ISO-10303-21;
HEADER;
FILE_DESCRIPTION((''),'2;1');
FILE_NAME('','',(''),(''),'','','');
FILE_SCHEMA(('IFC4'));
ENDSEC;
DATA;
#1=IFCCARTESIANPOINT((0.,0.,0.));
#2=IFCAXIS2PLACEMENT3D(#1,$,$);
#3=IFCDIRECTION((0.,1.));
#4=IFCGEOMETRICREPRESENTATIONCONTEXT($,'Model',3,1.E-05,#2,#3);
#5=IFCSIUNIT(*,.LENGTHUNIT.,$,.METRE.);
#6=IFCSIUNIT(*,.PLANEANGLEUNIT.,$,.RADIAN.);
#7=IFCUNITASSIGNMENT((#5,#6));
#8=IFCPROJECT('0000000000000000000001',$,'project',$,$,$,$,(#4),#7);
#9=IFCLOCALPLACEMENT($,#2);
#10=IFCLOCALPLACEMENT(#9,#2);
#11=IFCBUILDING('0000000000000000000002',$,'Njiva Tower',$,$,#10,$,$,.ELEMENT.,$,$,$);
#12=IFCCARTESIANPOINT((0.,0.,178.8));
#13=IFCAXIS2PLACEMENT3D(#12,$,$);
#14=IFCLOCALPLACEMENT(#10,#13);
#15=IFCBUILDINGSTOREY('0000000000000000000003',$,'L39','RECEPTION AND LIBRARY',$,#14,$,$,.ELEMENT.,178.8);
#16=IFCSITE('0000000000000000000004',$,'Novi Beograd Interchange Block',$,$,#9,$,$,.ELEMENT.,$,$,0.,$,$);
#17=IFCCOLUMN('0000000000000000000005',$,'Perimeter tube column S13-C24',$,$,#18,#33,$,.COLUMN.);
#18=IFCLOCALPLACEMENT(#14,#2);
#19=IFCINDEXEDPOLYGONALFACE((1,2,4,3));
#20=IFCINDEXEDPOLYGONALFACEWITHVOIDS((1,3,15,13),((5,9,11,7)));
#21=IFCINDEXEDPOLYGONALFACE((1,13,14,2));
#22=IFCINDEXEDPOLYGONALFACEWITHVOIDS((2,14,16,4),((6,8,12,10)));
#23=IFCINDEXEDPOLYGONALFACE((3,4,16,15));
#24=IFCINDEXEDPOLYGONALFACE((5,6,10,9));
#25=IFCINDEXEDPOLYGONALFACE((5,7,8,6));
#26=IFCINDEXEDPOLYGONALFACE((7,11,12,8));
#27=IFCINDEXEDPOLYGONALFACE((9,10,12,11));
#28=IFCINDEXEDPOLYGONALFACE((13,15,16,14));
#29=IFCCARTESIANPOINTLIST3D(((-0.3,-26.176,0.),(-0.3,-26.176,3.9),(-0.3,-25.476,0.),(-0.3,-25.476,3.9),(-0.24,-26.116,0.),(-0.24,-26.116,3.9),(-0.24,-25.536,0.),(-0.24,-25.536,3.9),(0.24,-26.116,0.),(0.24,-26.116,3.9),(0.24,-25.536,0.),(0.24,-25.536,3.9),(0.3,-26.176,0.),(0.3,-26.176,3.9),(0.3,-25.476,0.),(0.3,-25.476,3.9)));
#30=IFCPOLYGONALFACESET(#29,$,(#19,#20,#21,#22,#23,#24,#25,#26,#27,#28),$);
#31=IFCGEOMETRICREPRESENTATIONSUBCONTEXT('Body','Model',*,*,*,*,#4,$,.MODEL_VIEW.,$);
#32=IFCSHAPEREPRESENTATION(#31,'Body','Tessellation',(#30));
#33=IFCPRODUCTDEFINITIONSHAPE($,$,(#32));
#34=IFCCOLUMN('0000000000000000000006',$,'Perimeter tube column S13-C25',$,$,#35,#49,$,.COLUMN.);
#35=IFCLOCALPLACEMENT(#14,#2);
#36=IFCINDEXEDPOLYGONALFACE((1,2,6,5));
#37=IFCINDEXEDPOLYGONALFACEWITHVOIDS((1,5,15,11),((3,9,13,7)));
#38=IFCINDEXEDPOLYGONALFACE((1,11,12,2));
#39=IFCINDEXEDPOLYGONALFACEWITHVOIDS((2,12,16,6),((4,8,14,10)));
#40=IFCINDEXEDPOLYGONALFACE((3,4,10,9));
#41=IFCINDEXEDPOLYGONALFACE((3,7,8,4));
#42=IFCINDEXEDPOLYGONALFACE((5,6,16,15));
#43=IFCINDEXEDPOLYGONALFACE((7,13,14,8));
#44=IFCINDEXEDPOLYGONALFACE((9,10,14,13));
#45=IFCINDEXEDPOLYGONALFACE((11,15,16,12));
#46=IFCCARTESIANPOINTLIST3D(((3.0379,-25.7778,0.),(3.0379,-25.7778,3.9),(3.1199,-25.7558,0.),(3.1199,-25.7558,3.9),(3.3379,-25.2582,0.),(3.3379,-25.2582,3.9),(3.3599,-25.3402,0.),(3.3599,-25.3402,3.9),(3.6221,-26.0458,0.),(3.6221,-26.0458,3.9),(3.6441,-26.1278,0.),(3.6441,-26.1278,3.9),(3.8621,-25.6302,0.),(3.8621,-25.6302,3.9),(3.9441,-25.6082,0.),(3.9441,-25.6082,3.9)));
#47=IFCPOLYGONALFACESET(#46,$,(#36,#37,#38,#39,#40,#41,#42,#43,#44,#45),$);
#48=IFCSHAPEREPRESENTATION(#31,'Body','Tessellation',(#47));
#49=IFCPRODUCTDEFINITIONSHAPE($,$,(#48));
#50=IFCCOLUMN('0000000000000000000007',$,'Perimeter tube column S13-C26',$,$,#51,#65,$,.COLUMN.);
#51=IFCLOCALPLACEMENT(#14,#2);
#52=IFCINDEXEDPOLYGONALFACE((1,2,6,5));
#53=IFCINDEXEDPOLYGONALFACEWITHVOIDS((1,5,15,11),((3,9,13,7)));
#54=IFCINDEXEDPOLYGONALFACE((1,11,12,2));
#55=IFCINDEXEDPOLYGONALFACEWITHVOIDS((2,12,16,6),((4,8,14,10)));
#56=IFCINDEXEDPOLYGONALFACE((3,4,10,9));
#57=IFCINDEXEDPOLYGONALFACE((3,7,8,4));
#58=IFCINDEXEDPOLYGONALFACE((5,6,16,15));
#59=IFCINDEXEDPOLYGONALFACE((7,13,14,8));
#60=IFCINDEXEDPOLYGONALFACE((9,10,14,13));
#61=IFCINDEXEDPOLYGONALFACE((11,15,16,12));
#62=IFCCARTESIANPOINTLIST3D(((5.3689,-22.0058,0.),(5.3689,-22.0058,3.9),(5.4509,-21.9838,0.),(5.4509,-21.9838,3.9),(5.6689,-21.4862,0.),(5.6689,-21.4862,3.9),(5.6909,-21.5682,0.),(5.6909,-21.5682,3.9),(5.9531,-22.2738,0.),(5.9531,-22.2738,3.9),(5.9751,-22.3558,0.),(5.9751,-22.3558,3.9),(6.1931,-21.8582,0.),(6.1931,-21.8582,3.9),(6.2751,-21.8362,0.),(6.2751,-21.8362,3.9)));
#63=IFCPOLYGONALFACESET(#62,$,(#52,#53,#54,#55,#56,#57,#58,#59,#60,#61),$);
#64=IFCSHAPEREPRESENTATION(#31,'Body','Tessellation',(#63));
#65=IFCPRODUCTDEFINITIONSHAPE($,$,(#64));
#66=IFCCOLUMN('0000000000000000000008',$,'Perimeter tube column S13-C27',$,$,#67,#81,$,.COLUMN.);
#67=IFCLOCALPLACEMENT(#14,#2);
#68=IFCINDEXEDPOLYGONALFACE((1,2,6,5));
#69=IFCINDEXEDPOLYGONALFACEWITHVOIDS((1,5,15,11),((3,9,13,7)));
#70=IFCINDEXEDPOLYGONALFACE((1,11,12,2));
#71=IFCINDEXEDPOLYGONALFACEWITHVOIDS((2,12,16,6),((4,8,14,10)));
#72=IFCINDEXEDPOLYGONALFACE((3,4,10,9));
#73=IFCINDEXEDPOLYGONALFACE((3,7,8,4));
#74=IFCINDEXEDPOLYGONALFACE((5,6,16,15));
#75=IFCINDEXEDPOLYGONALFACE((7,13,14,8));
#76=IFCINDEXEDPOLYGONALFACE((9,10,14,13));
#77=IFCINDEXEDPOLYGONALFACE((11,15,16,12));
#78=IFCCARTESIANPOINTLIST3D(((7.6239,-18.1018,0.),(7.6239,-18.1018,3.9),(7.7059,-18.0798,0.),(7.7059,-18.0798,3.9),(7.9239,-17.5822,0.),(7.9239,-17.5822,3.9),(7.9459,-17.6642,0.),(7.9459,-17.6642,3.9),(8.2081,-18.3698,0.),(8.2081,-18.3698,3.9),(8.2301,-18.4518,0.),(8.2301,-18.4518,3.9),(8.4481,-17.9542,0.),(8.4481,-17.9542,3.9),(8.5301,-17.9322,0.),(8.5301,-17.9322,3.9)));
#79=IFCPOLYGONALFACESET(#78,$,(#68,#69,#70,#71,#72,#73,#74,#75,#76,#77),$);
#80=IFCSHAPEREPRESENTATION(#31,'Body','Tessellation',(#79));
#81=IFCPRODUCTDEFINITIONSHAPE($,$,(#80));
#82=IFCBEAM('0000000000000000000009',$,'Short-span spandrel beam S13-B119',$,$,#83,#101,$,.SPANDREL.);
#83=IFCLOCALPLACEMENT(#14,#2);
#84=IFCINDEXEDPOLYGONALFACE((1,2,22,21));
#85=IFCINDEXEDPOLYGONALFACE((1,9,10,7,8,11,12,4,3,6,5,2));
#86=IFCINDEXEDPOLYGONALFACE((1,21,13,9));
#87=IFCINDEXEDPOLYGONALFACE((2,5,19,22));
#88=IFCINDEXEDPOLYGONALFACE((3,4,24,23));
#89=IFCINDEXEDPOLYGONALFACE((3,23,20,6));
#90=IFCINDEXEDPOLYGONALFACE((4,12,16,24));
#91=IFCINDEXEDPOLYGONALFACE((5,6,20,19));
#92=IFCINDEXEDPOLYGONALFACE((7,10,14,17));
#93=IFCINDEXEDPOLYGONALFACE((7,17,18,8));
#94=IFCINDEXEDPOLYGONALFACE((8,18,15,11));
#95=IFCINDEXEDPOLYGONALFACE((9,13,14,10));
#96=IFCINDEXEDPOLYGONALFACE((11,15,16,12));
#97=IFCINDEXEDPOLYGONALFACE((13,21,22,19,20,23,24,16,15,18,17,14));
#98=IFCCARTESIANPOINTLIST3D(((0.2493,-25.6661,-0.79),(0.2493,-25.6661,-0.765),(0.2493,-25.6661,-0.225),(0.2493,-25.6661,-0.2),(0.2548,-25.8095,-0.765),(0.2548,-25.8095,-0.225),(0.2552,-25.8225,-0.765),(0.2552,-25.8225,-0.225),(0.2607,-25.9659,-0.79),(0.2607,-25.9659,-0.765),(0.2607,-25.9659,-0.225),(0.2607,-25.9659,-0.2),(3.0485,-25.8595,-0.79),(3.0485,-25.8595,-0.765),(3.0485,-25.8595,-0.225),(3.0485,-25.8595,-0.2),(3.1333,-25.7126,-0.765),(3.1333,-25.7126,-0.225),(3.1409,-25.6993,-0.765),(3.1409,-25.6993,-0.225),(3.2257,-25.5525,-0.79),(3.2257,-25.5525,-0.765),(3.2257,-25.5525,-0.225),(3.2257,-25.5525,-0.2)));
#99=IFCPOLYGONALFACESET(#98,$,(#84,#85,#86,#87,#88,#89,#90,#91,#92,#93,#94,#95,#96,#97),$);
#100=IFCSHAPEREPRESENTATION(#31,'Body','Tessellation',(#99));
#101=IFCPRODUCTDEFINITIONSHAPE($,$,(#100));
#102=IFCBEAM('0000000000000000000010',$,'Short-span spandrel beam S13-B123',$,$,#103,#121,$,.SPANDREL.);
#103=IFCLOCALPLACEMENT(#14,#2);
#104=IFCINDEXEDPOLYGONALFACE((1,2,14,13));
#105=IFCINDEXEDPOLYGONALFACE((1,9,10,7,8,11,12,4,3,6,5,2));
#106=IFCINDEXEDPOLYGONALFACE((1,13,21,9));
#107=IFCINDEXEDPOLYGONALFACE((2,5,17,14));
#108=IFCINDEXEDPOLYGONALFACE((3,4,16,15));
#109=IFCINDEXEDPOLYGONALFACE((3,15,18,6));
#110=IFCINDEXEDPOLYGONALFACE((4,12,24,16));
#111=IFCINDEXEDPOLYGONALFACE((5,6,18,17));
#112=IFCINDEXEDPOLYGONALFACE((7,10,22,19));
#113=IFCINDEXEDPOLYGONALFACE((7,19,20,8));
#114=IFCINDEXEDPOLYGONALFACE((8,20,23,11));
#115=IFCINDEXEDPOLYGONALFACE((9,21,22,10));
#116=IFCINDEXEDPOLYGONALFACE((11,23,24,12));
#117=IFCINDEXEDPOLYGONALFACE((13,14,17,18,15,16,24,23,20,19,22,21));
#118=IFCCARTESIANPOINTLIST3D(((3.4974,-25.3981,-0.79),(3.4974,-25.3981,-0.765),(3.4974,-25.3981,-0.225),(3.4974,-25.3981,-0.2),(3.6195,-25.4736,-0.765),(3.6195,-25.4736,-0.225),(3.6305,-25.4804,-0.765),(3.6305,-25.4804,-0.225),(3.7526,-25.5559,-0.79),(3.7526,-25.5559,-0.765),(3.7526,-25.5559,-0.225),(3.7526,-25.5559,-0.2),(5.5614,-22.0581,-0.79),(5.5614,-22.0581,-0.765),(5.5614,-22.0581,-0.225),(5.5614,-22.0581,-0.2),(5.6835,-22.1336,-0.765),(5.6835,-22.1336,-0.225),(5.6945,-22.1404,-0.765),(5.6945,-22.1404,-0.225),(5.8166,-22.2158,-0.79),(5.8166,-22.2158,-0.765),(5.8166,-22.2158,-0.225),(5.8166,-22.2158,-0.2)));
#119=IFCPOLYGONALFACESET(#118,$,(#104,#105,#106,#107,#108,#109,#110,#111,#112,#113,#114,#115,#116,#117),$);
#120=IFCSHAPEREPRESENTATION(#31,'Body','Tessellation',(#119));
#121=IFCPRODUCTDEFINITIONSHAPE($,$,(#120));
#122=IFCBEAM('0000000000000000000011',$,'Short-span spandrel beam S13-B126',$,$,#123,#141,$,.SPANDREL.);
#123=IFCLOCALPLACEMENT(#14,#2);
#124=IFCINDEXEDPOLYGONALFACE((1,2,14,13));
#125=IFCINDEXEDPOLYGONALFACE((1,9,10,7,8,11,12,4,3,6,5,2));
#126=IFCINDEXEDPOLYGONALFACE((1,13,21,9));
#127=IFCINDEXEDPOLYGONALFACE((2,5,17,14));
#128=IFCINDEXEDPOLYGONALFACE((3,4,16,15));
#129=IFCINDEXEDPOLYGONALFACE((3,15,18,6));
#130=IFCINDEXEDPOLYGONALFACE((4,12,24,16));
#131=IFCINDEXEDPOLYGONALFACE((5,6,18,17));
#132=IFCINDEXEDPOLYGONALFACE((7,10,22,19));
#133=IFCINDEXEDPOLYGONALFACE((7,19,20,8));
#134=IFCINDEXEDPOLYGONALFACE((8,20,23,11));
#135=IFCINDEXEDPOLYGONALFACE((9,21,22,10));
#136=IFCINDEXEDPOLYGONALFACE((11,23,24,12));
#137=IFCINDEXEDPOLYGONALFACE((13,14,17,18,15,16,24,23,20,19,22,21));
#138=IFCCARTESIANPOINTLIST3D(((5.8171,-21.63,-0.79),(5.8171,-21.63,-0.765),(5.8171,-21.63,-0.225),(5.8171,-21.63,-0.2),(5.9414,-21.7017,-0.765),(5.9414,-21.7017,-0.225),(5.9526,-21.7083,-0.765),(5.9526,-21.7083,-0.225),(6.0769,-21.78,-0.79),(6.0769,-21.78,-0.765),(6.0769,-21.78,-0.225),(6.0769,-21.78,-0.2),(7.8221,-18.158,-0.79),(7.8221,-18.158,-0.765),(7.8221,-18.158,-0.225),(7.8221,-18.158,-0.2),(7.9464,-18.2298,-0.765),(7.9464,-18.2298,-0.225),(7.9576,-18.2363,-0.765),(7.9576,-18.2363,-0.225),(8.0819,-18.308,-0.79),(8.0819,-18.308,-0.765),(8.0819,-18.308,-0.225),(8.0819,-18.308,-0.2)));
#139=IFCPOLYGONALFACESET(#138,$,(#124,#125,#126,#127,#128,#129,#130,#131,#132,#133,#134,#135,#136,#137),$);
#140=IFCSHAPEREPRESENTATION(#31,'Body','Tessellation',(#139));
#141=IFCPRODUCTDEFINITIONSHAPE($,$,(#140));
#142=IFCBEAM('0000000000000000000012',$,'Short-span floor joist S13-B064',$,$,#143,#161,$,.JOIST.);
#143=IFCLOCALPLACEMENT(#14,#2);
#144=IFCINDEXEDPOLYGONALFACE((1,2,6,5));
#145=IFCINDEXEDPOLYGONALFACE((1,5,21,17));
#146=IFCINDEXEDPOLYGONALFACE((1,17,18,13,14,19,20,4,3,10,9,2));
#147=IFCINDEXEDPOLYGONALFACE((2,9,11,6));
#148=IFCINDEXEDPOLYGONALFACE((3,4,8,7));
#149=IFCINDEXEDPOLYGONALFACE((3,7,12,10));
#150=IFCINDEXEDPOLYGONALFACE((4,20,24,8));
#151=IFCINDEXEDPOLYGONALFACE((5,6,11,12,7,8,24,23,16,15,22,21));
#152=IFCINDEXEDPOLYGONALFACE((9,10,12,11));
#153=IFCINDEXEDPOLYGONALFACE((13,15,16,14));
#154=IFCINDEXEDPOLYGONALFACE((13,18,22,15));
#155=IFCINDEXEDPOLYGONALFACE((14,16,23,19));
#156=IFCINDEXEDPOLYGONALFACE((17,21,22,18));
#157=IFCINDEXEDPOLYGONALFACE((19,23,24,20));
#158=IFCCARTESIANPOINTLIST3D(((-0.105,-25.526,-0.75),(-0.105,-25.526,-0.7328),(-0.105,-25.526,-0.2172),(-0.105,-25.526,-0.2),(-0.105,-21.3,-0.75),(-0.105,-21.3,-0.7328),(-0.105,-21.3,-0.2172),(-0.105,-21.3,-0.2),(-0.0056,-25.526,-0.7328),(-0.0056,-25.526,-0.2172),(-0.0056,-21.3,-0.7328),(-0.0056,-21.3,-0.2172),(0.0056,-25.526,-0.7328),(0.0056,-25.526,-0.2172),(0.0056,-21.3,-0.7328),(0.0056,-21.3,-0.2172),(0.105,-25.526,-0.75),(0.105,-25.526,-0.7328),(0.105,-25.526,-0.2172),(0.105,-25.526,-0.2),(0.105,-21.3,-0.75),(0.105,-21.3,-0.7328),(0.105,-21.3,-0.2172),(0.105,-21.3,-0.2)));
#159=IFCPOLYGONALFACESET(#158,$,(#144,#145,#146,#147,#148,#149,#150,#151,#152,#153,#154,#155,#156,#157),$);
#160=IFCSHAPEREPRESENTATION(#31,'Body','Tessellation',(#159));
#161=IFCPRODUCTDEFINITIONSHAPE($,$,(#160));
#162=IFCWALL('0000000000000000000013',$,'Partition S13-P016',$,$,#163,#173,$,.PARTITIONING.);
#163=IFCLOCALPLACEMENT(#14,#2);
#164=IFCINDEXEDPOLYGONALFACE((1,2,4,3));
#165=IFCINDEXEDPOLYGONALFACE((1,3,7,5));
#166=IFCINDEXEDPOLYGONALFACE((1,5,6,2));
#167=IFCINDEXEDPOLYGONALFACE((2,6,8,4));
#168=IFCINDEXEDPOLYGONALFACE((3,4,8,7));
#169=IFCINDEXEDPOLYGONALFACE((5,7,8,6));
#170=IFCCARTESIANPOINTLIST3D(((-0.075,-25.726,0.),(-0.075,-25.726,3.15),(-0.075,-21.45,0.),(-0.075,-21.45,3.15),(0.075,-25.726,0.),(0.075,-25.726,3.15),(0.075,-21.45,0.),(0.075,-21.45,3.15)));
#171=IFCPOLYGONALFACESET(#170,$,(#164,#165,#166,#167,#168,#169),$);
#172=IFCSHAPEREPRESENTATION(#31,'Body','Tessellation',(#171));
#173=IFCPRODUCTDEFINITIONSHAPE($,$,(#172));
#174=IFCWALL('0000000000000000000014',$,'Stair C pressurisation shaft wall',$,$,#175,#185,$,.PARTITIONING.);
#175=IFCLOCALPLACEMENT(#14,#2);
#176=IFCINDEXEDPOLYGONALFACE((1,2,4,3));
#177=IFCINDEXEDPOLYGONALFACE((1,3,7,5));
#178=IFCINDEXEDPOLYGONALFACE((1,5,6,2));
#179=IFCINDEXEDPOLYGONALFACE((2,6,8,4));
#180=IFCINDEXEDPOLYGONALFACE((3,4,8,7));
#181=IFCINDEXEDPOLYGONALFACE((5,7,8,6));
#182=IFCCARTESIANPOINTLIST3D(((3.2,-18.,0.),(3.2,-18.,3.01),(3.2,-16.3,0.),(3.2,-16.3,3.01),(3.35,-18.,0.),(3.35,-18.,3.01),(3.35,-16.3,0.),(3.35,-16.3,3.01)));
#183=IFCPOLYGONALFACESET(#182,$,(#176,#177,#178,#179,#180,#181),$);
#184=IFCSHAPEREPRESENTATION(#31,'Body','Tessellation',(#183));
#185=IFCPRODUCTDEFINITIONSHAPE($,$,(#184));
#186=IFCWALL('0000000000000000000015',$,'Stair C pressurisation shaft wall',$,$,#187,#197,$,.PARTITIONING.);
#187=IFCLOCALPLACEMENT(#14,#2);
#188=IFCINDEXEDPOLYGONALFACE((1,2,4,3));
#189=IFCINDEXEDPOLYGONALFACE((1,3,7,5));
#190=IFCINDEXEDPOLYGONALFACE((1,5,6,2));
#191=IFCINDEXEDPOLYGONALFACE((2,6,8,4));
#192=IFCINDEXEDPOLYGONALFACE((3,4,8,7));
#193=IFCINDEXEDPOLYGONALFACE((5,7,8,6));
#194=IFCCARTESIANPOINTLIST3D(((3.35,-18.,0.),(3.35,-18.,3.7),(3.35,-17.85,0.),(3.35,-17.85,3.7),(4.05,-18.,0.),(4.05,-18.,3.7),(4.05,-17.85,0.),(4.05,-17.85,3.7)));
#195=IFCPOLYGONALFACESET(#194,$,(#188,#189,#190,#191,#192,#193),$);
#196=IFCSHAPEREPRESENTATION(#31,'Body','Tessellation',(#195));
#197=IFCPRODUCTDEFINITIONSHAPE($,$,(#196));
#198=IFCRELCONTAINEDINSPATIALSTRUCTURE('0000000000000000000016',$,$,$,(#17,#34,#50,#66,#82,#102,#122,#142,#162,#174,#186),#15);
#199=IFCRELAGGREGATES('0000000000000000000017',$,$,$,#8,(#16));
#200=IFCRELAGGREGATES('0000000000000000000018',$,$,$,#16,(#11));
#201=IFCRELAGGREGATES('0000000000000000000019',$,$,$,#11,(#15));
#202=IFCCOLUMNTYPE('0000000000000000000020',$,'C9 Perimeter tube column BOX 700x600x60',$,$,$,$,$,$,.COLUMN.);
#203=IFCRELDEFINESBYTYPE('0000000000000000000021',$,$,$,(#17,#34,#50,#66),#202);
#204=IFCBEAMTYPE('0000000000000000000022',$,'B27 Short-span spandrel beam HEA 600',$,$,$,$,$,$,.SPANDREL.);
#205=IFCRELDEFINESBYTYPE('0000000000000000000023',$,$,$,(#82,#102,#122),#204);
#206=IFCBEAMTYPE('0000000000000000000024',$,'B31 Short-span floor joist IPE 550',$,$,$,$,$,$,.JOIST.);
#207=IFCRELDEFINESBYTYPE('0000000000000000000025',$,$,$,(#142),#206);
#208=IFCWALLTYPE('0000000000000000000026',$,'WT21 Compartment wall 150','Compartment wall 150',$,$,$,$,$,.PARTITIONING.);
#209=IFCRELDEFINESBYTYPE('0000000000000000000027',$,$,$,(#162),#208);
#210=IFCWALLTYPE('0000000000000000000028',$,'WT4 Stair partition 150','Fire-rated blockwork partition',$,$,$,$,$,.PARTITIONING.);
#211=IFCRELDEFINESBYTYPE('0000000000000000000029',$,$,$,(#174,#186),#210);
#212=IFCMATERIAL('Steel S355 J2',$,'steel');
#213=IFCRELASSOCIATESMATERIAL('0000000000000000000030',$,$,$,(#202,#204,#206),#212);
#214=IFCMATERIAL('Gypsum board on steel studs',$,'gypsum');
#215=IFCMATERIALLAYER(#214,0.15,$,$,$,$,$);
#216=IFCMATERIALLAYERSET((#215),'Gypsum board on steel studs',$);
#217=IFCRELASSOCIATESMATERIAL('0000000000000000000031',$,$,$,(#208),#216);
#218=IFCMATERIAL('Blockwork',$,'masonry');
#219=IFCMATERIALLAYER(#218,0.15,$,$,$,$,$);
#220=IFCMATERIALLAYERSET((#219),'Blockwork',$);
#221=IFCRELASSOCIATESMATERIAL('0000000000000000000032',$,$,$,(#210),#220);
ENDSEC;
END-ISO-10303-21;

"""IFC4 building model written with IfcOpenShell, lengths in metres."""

from ifc_helpers import new_model, si_unit, direction, frame, frame_2d, origin, origin_2d, place, context, subcontext, project, spatial, rectangle, hollow_rectangle, i_section, extrude, clip, halfspace, material, layer, layer_set, material_profile, profile_set, type_object, element, save


model = new_model("IFC4")

# Units and contexts
model_context = context("Model", 3, precision=1e-05, world=origin(), true_north=direction((0.0, 1.0)))
body_context = subcontext(model_context, "Body", "Model", "MODEL_VIEW")
ifc_project = project(units=[si_unit("LENGTHUNIT", "METRE"), si_unit("PLANEANGLEUNIT", "RADIAN")], contexts=[model_context])

# Site, building, storey
site_placement = place(None, origin())
site = spatial("IfcSite", under=ifc_project, at=site_placement, Name="Novi Beograd Interchange Block", CompositionType="ELEMENT", RefElevation=0.0)
building_placement = place(site_placement, origin())
building = spatial("IfcBuilding", under=site, at=building_placement, Name="Njiva Tower", CompositionType="ELEMENT")
storey_placement = place(building_placement, frame((0.0, 0.0, 178.8)))
storey = spatial("IfcBuildingStorey", under=building, at=storey_placement, Name="L39", Description="RECEPTION AND LIBRARY", CompositionType="ELEMENT", Elevation=178.8)

# Columns
ifc_material_1 = material(Name="Steel S355 J2", Category="steel")
ifc_material_profile_1 = material_profile(ifc_material_1, hollow_rectangle(XDim=0.6, YDim=0.7, WallThickness=0.06, at=origin_2d()), Name="BOX 700x600x60")
ifc_profile_set_1 = profile_set([ifc_material_profile_1], Name="Steel S355 J2")
column_type = type_object("IfcColumnType", Name="C9 Perimeter tube column BOX 700x600x60", PredefinedType="COLUMN", material=ifc_profile_set_1)
for number, where, z_axis, x_axis, name in (
    (1, (0.0, -25.826, 0.0), (0.0, 0.0, 1.0), (1.0, 0.0, 0.0), "Perimeter tube column S13-C24"),
    (2, (3.491, -25.693, 0.0), (0.0, 0.0, 1.0), (0.5, 0.866025, 0.0), "Perimeter tube column S13-C25"),
    (3, (5.822, -21.921, 0.0), (0.0, 0.0, 1.0), (0.5, 0.866025, 0.0), "Perimeter tube column S13-C26"),
    (4, (8.077, -18.017, 0.0), (0.0, 0.0, 1.0), (0.5, 0.866025, 0.0), "Perimeter tube column S13-C27"),
):
    element("IfcColumn", number, at=place(storey_placement, frame(where, z_axis=z_axis, x_axis=x_axis)), inside=storey, type_object=column_type, Name=name, PredefinedType="COLUMN", context=body_context, shape_type="SweptSolid", body=[
        extrude(hollow_rectangle(XDim=0.6, YDim=0.7, WallThickness=0.06, at=origin_2d()), origin(), (0.0, 0.0, 1.0), 3.9),
    ])

# Beams
ifc_material_profile_2 = material_profile(ifc_material_1, i_section(OverallWidth=0.3, OverallDepth=0.59, WebThickness=0.013, FlangeThickness=0.025, at=origin_2d()), Name="HEA 600")
ifc_profile_set_2 = profile_set([ifc_material_profile_2], Name="Steel S355 J2")
beam_type_1 = type_object("IfcBeamType", Name="B27 Short-span spandrel beam HEA 600", PredefinedType="SPANDREL", material=ifc_profile_set_2)
beam_1_placement = place(storey_placement, frame((0.255, -25.816, -0.495), z_axis=(0.999272, 0.03814, 0.0), x_axis=(-0.03814, 0.999272, 0.0)))
element("IfcBeam", 5, at=beam_1_placement, inside=storey, type_object=beam_type_1, Name="Short-span spandrel beam S13-B119", PredefinedType="SPANDREL", context=body_context, shape_type="Clipping", body=[
    clip(extrude(i_section(OverallWidth=0.3, OverallDepth=0.59, WebThickness=0.013, FlangeThickness=0.025, at=origin_2d()), origin(), (0.0, 0.0, 1.0), 2.9981), halfspace(frame((-0.027, 0.0, 2.8672), z_axis=(-0.532665, 0.0, 0.846326), x_axis=(0.0, 1.0, 0.0)), False)),
])
beam_2_placement = place(storey_placement, frame((3.625, -25.477, -0.495), z_axis=(0.525688, 0.850677, 0.0), x_axis=(-0.850677, 0.525688, 0.0)))
element("IfcBeam", 6, at=beam_2_placement, inside=storey, type_object=beam_type_1, Name="Short-span spandrel beam S13-B123", PredefinedType="SPANDREL", context=body_context, shape_type="SweptSolid", body=[
    extrude(i_section(OverallWidth=0.3, OverallDepth=0.59, WebThickness=0.013, FlangeThickness=0.025, at=origin_2d()), origin(), (0.0, 0.0, 1.0), 3.9263),
])
beam_3_placement = place(storey_placement, frame((5.947, -21.705, -0.495), z_axis=(0.500082, 0.865978, 0.0), x_axis=(-0.865978, 0.500082, 0.0)))
element("IfcBeam", 7, at=beam_3_placement, inside=storey, type_object=beam_type_1, Name="Short-span spandrel beam S13-B126", PredefinedType="SPANDREL", context=body_context, shape_type="SweptSolid", body=[
    extrude(i_section(OverallWidth=0.3, OverallDepth=0.59, WebThickness=0.013, FlangeThickness=0.025, at=origin_2d()), origin(), (0.0, 0.0, 1.0), 4.0093),
])
ifc_material_profile_3 = material_profile(ifc_material_1, i_section(OverallWidth=0.21, OverallDepth=0.55, WebThickness=0.0111, FlangeThickness=0.0172, at=origin_2d()), Name="IPE 550")
ifc_profile_set_3 = profile_set([ifc_material_profile_3], Name="Steel S355 J2")
beam_type_2 = type_object("IfcBeamType", Name="B31 Short-span floor joist IPE 550", PredefinedType="JOIST", material=ifc_profile_set_3)
beam_4_placement = place(storey_placement, frame((0.0, -21.3, -0.475), z_axis=(0.0, -1.0, 0.0), x_axis=(1.0, 0.0, 0.0)))
element("IfcBeam", 8, at=beam_4_placement, inside=storey, type_object=beam_type_2, Name="Short-span floor joist S13-B064", PredefinedType="JOIST", context=body_context, shape_type="SweptSolid", body=[
    extrude(i_section(OverallWidth=0.21, OverallDepth=0.55, WebThickness=0.0111, FlangeThickness=0.0172, at=origin_2d()), origin(), (0.0, 0.0, 1.0), 4.226),
])

# Walls
ifc_material_2 = material(Name="Gypsum board on steel studs", Category="gypsum")
ifc_layer_1 = layer(ifc_material_2, 0.15)
ifc_layer_set_1 = layer_set([ifc_layer_1], Name="Gypsum board on steel studs")
wall_type_1 = type_object("IfcWallType", Name="WT21 Compartment wall 150", Description="Compartment wall 150", PredefinedType="PARTITIONING", material=ifc_layer_set_1)
wall_1_placement = place(storey_placement, frame((0.0, -25.726, 0.0), z_axis=(0.0, 0.0, 1.0), x_axis=(0.0, 1.0, 0.0)))
element("IfcWall", 9, at=wall_1_placement, inside=storey, type_object=wall_type_1, Name="Partition S13-P016", PredefinedType="PARTITIONING", context=body_context, shape_type="SweptSolid", body=[
    extrude(rectangle(XDim=4.276, YDim=0.15, at=frame_2d((2.138, 0.0))), origin(), (0.0, 0.0, 1.0), 3.15),
])
ifc_material_3 = material(Name="Blockwork", Category="masonry")
ifc_layer_2 = layer(ifc_material_3, 0.15)
ifc_layer_set_2 = layer_set([ifc_layer_2], Name="Blockwork")
wall_type_2 = type_object("IfcWallType", Name="WT4 Stair partition 150", Description="Fire-rated blockwork partition", PredefinedType="PARTITIONING", material=ifc_layer_set_2)
wall_2_placement = place(storey_placement, frame((3.275, -18.0, 0.0), z_axis=(0.0, 0.0, 1.0), x_axis=(0.0, 1.0, 0.0)))
element("IfcWall", 10, at=wall_2_placement, inside=storey, type_object=wall_type_2, Name="Stair C pressurisation shaft wall", PredefinedType="PARTITIONING", context=body_context, shape_type="SweptSolid", body=[
    extrude(rectangle(XDim=1.7, YDim=0.15, at=frame_2d((0.85, 0.0))), origin(), (0.0, 0.0, 1.0), 3.01),
])
wall_3_placement = place(storey_placement, frame((3.35, -17.925, 0.0), z_axis=(0.0, 0.0, 1.0), x_axis=(1.0, 0.0, 0.0)))
element("IfcWall", 11, at=wall_3_placement, inside=storey, type_object=wall_type_2, Name="Stair C pressurisation shaft wall", PredefinedType="PARTITIONING", context=body_context, shape_type="SweptSolid", body=[
    extrude(rectangle(XDim=0.7, YDim=0.15, at=frame_2d((0.35, 0.0))), origin(), (0.0, 0.0, 1.0), 3.7),
])

save(model, "model.ifc")
